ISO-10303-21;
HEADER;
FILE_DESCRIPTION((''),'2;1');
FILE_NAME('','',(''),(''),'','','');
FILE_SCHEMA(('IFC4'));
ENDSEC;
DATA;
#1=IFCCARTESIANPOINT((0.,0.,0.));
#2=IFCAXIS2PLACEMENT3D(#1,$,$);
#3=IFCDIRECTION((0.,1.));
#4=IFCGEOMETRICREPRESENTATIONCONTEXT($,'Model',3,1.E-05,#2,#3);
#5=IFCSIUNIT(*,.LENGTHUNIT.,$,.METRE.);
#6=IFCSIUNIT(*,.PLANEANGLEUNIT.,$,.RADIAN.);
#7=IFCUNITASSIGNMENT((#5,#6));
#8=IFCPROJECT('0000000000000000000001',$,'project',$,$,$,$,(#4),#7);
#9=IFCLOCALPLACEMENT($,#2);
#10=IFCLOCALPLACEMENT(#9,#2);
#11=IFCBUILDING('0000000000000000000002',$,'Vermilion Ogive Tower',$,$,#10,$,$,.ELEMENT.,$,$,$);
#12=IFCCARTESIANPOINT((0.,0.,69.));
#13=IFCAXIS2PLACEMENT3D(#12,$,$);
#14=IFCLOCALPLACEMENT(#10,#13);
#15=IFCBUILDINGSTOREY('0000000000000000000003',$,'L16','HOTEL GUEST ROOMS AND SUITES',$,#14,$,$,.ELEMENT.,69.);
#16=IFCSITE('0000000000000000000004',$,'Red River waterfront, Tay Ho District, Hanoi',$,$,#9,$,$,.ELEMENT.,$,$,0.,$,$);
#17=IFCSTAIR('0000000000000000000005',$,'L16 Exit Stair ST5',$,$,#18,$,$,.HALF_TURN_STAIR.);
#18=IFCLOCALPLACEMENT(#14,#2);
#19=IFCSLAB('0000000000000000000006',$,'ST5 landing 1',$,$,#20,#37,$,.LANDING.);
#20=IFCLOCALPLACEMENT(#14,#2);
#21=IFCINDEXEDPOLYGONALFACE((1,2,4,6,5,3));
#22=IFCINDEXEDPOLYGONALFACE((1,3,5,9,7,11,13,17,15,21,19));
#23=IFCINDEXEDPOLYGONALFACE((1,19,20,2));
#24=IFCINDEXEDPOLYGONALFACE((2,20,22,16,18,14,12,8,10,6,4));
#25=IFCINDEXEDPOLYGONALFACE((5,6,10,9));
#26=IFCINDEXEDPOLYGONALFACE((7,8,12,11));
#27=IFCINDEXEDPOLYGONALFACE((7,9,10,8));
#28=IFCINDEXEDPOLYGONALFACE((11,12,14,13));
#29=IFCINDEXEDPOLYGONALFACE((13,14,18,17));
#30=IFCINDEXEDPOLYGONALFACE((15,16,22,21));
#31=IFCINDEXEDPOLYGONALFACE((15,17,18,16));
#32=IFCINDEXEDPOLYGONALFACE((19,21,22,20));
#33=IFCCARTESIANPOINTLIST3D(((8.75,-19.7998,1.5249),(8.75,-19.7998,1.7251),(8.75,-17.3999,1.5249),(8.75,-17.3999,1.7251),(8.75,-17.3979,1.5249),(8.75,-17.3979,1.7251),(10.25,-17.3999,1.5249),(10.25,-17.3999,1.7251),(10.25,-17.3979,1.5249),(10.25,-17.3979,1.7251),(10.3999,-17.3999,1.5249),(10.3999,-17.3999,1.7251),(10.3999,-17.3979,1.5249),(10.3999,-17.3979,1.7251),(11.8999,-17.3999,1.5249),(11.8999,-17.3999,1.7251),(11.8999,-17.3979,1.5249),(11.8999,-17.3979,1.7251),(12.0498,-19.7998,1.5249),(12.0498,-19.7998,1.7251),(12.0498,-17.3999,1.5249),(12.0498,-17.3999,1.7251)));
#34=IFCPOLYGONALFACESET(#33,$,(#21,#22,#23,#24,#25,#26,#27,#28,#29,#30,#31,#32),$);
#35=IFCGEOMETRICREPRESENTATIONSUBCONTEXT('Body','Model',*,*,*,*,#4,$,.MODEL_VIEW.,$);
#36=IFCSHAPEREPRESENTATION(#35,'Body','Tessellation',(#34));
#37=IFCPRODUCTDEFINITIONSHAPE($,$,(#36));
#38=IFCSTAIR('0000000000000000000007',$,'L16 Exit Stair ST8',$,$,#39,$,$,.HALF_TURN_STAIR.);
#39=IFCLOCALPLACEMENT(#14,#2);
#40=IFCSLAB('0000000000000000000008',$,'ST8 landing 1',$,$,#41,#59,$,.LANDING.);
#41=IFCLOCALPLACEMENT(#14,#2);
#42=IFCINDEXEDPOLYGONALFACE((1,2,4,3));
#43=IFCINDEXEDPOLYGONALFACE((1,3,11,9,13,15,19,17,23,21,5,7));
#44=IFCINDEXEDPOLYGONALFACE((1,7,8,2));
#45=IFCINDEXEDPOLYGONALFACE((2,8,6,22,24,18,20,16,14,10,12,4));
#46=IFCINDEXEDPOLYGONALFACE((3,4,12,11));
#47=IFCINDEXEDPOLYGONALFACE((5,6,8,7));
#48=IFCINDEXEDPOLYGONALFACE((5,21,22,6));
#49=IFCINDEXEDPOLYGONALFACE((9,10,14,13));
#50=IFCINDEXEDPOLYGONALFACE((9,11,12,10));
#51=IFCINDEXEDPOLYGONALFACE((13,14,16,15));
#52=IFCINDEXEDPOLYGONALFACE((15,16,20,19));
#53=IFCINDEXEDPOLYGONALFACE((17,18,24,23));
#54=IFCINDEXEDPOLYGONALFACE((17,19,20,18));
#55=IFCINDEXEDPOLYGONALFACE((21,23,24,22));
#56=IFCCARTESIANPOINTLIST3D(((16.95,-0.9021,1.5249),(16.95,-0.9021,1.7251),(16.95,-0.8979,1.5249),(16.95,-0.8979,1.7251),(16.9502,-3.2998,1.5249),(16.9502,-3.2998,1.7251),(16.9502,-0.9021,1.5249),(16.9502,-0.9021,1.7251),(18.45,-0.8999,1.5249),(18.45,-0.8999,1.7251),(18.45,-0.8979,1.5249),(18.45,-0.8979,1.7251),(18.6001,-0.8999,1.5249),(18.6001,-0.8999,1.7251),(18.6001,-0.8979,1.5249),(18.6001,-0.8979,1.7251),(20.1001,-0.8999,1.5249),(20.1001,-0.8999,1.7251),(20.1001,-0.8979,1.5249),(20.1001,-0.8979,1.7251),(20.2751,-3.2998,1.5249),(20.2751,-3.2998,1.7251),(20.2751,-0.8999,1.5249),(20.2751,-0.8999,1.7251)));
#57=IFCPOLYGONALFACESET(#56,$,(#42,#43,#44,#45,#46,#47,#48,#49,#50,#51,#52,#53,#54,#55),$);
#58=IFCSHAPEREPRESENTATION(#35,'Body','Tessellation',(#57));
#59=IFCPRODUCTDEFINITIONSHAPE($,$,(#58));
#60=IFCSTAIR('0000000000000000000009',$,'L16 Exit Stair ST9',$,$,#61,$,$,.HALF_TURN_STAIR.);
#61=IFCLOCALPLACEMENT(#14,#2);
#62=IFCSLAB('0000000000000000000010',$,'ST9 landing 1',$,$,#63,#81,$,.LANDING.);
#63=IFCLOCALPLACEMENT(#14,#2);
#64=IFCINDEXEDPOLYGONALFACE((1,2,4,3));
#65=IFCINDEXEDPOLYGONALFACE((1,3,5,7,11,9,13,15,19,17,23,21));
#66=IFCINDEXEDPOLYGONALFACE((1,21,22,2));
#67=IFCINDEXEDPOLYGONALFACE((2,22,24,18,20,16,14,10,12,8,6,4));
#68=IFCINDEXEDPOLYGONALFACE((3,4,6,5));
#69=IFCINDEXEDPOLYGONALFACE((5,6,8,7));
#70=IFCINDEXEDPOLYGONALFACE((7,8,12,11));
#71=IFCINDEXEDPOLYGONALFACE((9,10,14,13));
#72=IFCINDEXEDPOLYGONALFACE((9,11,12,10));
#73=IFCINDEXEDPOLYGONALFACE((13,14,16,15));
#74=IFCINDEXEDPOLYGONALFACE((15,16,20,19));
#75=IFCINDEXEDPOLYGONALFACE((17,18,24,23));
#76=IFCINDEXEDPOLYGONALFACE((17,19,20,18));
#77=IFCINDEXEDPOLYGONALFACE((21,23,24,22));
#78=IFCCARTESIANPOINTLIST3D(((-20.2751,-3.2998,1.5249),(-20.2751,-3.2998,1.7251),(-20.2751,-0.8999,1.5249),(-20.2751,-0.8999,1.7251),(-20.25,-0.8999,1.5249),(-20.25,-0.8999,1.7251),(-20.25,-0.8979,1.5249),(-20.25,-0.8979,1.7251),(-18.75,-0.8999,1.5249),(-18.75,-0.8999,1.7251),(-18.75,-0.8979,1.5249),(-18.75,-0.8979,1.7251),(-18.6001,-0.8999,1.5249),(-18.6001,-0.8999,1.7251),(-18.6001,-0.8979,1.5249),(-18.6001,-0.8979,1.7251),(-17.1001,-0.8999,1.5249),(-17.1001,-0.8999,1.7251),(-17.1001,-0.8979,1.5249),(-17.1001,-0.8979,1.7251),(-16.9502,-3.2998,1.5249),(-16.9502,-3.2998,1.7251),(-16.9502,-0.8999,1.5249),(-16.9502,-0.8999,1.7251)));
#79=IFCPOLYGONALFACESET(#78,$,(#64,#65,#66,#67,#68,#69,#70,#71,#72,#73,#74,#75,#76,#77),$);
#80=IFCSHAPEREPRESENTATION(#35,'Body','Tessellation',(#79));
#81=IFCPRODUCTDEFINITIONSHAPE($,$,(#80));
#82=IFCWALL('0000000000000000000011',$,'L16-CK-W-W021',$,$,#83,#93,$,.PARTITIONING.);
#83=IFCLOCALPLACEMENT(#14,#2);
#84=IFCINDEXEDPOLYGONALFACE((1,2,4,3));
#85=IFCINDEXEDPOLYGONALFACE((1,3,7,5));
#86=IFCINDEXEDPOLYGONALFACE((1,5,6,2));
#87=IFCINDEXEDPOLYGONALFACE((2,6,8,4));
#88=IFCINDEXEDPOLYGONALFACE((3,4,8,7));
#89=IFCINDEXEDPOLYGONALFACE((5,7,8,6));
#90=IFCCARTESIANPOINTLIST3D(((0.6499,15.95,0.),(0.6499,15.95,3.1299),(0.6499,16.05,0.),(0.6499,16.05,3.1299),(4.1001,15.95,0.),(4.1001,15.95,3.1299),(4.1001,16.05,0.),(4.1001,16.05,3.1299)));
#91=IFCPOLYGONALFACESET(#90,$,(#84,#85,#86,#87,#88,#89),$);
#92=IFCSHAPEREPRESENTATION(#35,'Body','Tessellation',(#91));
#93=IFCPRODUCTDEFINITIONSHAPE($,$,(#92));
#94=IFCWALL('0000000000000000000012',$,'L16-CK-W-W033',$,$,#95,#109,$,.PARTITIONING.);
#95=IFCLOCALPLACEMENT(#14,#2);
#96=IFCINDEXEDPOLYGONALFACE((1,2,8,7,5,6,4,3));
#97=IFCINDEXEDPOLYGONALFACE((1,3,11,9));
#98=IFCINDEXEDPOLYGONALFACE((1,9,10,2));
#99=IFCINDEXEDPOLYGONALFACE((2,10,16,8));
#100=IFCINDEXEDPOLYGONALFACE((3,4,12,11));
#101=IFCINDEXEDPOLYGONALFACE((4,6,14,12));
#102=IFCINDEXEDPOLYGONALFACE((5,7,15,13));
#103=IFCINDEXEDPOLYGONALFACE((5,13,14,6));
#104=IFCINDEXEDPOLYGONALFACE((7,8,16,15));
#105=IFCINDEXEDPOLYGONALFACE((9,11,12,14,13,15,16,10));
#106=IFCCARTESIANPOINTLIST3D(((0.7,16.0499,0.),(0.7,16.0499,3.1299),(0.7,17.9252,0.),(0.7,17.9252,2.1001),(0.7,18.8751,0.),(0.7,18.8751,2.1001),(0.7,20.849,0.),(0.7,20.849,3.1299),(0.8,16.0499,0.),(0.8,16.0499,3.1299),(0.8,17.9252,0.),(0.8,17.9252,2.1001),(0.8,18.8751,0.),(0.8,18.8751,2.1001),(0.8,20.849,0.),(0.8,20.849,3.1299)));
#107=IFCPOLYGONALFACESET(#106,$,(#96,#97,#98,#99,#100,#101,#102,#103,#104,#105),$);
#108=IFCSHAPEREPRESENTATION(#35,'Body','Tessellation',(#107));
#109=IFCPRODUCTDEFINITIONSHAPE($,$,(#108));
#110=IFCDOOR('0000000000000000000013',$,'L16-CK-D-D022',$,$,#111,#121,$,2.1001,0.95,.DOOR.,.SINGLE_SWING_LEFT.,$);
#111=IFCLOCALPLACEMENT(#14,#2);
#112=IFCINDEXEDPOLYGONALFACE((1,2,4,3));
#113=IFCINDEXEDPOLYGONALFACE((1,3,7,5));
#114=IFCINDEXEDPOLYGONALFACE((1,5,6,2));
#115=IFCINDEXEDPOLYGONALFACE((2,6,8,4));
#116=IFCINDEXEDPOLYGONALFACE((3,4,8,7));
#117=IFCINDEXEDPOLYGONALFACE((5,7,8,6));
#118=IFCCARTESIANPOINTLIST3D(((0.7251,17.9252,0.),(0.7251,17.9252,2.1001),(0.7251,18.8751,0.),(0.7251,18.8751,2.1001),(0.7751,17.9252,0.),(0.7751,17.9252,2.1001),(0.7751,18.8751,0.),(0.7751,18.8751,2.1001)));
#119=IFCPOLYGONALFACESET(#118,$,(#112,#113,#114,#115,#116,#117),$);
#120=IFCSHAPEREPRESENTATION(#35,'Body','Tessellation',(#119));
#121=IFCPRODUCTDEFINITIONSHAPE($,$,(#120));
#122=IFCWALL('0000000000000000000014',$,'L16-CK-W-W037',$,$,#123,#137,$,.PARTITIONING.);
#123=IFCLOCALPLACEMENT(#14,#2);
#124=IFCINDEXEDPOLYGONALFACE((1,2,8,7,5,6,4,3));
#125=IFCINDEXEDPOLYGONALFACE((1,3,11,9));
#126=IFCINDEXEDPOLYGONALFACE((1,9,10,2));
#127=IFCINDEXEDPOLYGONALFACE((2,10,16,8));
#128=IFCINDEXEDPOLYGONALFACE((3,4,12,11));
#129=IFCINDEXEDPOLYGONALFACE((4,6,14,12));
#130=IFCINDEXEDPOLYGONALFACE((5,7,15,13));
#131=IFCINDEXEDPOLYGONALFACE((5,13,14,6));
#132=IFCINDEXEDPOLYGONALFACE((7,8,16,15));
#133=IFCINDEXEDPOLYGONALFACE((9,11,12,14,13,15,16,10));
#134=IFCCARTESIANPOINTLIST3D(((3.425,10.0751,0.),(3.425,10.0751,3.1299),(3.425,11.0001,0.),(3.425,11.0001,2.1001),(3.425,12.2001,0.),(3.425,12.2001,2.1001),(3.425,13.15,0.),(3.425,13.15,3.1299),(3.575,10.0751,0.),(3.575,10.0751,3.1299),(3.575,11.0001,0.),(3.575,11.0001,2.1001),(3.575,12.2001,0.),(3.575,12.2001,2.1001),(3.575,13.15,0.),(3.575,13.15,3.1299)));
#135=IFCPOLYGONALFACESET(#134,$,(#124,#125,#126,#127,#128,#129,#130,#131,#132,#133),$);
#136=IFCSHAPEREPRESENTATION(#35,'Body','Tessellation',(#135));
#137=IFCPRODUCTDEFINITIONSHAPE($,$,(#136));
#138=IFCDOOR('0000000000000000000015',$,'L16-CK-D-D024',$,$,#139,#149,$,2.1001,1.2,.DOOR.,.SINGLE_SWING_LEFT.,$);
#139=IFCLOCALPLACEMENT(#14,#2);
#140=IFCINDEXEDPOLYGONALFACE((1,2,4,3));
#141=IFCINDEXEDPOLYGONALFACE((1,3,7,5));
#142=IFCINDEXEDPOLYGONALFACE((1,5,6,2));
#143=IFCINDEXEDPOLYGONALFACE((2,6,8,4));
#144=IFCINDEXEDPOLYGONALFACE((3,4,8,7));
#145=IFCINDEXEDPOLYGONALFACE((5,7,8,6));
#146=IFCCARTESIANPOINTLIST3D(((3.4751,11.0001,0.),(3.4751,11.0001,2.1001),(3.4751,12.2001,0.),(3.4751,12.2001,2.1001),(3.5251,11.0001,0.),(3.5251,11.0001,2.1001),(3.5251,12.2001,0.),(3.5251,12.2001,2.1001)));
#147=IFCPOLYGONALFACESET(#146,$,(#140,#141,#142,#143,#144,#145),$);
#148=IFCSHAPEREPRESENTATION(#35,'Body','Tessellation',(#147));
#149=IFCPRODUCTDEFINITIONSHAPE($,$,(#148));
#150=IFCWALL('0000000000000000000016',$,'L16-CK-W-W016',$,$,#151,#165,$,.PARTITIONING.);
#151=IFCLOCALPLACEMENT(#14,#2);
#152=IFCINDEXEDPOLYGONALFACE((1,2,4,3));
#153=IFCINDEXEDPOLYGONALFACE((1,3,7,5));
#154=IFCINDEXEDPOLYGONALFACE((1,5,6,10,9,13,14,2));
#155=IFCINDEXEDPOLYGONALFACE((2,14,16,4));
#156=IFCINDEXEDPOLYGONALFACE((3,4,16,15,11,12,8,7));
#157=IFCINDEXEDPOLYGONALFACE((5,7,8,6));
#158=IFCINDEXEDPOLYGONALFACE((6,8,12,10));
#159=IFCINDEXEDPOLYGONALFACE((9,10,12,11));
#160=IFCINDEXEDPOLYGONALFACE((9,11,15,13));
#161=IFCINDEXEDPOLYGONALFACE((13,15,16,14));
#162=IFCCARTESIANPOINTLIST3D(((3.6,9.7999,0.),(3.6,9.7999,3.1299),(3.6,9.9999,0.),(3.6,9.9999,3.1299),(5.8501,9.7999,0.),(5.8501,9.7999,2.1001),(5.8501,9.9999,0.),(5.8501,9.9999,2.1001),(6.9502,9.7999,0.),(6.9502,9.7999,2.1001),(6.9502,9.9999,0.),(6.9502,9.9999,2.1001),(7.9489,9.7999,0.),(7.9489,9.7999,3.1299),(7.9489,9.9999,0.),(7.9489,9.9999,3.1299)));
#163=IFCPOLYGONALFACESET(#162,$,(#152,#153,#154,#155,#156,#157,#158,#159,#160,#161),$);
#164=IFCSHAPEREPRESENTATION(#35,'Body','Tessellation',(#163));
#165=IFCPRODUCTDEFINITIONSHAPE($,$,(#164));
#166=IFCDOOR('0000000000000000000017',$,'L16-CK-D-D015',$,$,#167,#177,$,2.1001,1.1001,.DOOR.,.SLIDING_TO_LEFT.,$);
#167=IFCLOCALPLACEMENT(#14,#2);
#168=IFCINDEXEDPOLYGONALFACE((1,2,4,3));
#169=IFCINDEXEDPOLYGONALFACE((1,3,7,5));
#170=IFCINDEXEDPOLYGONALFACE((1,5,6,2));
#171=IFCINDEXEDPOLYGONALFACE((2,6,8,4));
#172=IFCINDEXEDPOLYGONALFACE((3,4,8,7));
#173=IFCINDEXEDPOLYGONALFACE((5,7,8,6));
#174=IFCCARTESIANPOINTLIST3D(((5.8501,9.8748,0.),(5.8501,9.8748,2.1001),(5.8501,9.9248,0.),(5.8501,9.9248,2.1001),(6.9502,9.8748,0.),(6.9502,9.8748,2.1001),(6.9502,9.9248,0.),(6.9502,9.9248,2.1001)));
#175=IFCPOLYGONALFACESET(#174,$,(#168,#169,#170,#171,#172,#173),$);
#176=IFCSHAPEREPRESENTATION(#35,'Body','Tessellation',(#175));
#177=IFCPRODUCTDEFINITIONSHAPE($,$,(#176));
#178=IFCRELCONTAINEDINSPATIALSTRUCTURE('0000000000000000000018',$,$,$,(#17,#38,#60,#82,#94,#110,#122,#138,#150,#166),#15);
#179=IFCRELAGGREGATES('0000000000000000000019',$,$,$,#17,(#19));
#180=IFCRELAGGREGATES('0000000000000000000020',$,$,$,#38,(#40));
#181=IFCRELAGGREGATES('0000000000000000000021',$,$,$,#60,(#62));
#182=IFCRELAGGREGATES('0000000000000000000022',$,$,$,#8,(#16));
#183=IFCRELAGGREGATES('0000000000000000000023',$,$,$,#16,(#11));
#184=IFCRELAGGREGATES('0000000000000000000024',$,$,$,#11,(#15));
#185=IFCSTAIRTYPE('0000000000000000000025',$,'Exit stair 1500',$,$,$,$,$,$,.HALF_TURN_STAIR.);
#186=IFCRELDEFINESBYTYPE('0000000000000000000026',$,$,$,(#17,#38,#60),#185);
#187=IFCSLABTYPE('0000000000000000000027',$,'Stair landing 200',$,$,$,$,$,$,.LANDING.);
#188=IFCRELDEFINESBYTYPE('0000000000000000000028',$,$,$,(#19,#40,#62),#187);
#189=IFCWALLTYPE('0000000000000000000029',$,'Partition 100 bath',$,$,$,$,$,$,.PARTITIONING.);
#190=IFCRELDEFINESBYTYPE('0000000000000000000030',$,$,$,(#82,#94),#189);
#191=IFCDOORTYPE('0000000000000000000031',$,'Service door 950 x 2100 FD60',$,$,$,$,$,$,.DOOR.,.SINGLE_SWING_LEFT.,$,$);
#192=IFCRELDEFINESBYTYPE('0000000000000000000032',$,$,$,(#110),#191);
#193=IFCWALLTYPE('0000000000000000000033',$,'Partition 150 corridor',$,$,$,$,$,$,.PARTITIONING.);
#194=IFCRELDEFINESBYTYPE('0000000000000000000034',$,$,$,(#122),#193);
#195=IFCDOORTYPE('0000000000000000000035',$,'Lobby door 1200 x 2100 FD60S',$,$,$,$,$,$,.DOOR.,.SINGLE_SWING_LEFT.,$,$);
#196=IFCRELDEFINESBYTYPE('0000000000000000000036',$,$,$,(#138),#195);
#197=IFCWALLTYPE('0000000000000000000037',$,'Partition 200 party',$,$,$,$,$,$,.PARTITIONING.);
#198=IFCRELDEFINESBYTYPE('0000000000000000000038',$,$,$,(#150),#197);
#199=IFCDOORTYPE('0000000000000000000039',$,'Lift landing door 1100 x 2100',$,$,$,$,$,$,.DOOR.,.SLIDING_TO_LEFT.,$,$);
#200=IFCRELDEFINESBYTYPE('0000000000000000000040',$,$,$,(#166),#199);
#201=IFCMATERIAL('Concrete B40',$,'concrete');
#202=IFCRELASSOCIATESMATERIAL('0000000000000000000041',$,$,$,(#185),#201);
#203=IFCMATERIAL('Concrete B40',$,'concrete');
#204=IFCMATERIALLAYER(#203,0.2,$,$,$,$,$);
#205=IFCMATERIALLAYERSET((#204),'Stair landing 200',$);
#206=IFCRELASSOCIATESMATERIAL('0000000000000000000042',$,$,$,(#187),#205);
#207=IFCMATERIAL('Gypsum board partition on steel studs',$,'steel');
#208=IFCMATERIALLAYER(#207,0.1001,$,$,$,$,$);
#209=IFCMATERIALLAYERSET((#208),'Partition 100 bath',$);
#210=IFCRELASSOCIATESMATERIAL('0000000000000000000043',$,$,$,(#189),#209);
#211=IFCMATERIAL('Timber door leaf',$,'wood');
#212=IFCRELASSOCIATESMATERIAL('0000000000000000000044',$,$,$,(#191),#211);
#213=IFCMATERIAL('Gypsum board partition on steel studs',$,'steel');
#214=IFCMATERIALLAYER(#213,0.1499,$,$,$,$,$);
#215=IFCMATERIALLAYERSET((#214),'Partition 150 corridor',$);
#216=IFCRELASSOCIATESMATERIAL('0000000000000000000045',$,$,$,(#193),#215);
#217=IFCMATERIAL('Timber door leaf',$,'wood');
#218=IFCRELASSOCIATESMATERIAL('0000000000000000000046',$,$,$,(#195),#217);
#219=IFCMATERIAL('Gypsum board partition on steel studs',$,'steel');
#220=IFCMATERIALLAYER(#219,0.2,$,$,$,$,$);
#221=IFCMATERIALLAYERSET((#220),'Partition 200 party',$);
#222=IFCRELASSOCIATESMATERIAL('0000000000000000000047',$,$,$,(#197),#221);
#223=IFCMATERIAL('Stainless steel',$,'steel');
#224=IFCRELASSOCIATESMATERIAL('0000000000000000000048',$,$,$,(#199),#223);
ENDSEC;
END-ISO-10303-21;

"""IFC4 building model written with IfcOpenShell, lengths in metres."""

from ifc_helpers import new_model, si_unit, direction, frame, frame_2d, origin, place, context, subcontext, project, spatial, polyline, rectangle, outline, extrude, material, layer, layer_set, type_object, element, fill, aggregate, save


model = new_model("IFC4")

# Units and contexts
model_context = context("Model", 3, precision=1e-05, world=origin(), true_north=direction((0.0, 1.0)))
body_context = subcontext(model_context, "Body", "Model", "MODEL_VIEW")
ifc_project = project(units=[si_unit("LENGTHUNIT", "METRE"), si_unit("PLANEANGLEUNIT", "RADIAN")], contexts=[model_context])

# Site, building, storey
site_placement = place(None, origin())
site = spatial("IfcSite", under=ifc_project, at=site_placement, Name="Red River waterfront, Tay Ho District, Hanoi", CompositionType="ELEMENT", RefElevation=0.0)
building_placement = place(site_placement, origin())
building = spatial("IfcBuilding", under=site, at=building_placement, Name="Vermilion Ogive Tower", CompositionType="ELEMENT")
storey_placement = place(building_placement, frame((0.0, 0.0, 69.0)))
storey = spatial("IfcBuildingStorey", under=building, at=storey_placement, Name="L16", Description="HOTEL GUEST ROOMS AND SUITES", CompositionType="ELEMENT", Elevation=69.0)

# Stairs, slabs
ifc_material_1 = material(Name="Concrete B40", Category="concrete")
stair_type = type_object("IfcStairType", Name="Exit stair 1500", PredefinedType="HALF_TURN_STAIR", material=ifc_material_1)
ifc_material_2 = material(Name="Concrete B40", Category="concrete")
ifc_layer_1 = layer(ifc_material_2, 0.2)
ifc_layer_set_1 = layer_set([ifc_layer_1], Name="Stair landing 200")
slab_type_1 = type_object("IfcSlabType", Name="Stair landing 200", PredefinedType="LANDING", material=ifc_layer_set_1)
stair_1_placement = place(storey_placement, origin())
stair_1 = element("IfcStair", 1, at=stair_1_placement, inside=storey, type_object=stair_type, Name="L16 Exit Stair ST5", PredefinedType="HALF_TURN_STAIR")
slab_1_placement = place(storey_placement, frame((0.0, 0.0, 1.5249)))
slab_1 = element("IfcSlab", 2, at=slab_1_placement, type_object=slab_type_1, Name="ST5 landing 1", PredefinedType="LANDING", context=body_context, shape_type="SweptSolid", body=[
    extrude(outline(polyline([(12.0498, -17.3999), (11.8999, -17.3999), (11.8999, -17.3979), (10.3999, -17.3979), (10.3999, -17.3999), (10.25, -17.3999), (10.25, -17.3979), (8.75, -17.3979), (8.75, -17.3999), (8.75, -17.3999), (8.75, -19.7998), (12.0498, -19.7998), (12.0498, -17.3999)])), origin(), (0.0, 0.0, 1.0), 0.2002),
])
aggregate(stair_1, [slab_1])
stair_2_placement = place(storey_placement, origin())
stair_2 = element("IfcStair", 3, at=stair_2_placement, inside=storey, type_object=stair_type, Name="L16 Exit Stair ST8", PredefinedType="HALF_TURN_STAIR")
slab_2_placement = place(storey_placement, frame((0.0, 0.0, 1.5249)))
slab_2 = element("IfcSlab", 4, at=slab_2_placement, type_object=slab_type_1, Name="ST8 landing 1", PredefinedType="LANDING", context=body_context, shape_type="SweptSolid", body=[
    extrude(outline(polyline([(20.2751, -0.8999), (20.1001, -0.8999), (20.1001, -0.8979), (18.6001, -0.8979), (18.6001, -0.8999), (18.45, -0.8999), (18.45, -0.8979), (16.95, -0.8979), (16.95, -0.9021), (16.9502, -0.9021), (16.9502, -3.2998), (20.2751, -3.2998), (20.2751, -0.8999)])), origin(), (0.0, 0.0, 1.0), 0.2002),
])
aggregate(stair_2, [slab_2])
stair_3_placement = place(storey_placement, origin())
stair_3 = element("IfcStair", 5, at=stair_3_placement, inside=storey, type_object=stair_type, Name="L16 Exit Stair ST9", PredefinedType="HALF_TURN_STAIR")
slab_3_placement = place(storey_placement, frame((0.0, 0.0, 1.5249)))
slab_3 = element("IfcSlab", 6, at=slab_3_placement, type_object=slab_type_1, Name="ST9 landing 1", PredefinedType="LANDING", context=body_context, shape_type="SweptSolid", body=[
    extrude(outline(polyline([(-16.9502, -0.8999), (-17.1001, -0.8999), (-17.1001, -0.8979), (-18.6001, -0.8979), (-18.6001, -0.8999), (-18.75, -0.8999), (-18.75, -0.8979), (-20.25, -0.8979), (-20.25, -0.8999), (-20.2751, -0.8999), (-20.2751, -3.2998), (-16.9502, -3.2998), (-16.9502, -0.8999)])), origin(), (0.0, 0.0, 1.0), 0.2002),
])
aggregate(stair_3, [slab_3])

# Wall
ifc_material_3 = material(Name="Gypsum board partition on steel studs", Category="steel")
ifc_layer_2 = layer(ifc_material_3, 0.1001)
ifc_layer_set_2 = layer_set([ifc_layer_2], Name="Partition 100 bath")
wall_type_1 = type_object("IfcWallType", Name="Partition 100 bath", PredefinedType="PARTITIONING", material=ifc_layer_set_2)
wall_1_placement = place(storey_placement, frame((0.6499, 16.0, 0.0), z_axis=(0.0, 0.0, 1.0), x_axis=(1.0, 0.0, 0.0)))
element("IfcWall", 7, at=wall_1_placement, inside=storey, type_object=wall_type_1, Name="L16-CK-W-W021", PredefinedType="PARTITIONING", context=body_context, shape_type="SweptSolid", body=[
    extrude(rectangle(XDim=3.4502, YDim=0.1001, at=frame_2d((1.7251, 0.0))), origin(), (0.0, 0.0, 1.0), 3.1299),
])

# Walls, openings, doors
wall_2_placement = place(storey_placement, frame((0.75, 16.05, 0.0), z_axis=(0.0, 0.0, 1.0), x_axis=(0.0, 1.0, 0.0)))
wall_2 = element("IfcWall", 8, at=wall_2_placement, inside=storey, type_object=wall_type_1, Name="L16-CK-W-W033", PredefinedType="PARTITIONING", context=body_context, shape_type="SweptSolid", body=[
    extrude(rectangle(XDim=4.7991, YDim=0.1001, at=frame_2d((2.3994, 0.0))), origin(), (0.0, 0.0, 1.0), 3.1299),
])
opening_1_placement = place(wall_2_placement, frame((1.875, 0.0, 0.0)))
opening_1 = element("IfcOpeningElement", 9, at=opening_1_placement, cuts=wall_2, PredefinedType="OPENING", context=body_context, shape_type="SweptSolid", body=[
    extrude(rectangle(XDim=0.95, YDim=2.1001, at=frame_2d((0.4751, 1.05))), frame((0.0, 0.0601, 0.0), z_axis=(0.0, -1.0, 0.0), x_axis=(1.0, 0.0, 0.0)), (0.0, 0.0, 1.0), 0.1201),
])
ifc_material_4 = material(Name="Timber door leaf", Category="wood")
door_type_1 = type_object("IfcDoorType", Name="Service door 950 x 2100 FD60", OperationType="SINGLE_SWING_LEFT", PredefinedType="DOOR", material=ifc_material_4)
door_1_placement = place(opening_1_placement, origin())
door_1 = element("IfcDoor", 10, at=door_1_placement, inside=storey, type_object=door_type_1, Name="L16-CK-D-D022", OperationType="SINGLE_SWING_LEFT", OverallHeight=2.1001, OverallWidth=0.95, PredefinedType="DOOR", context=body_context, shape_type="SweptSolid", body=[
    extrude(rectangle(XDim=0.95, YDim=2.1001, at=frame_2d((0.4751, 1.05))), frame((0.0, 0.0249, 0.0), z_axis=(0.0, -1.0, 0.0), x_axis=(1.0, 0.0, 0.0)), (0.0, 0.0, 1.0), 0.05),
])
fill(opening_1, door_1)
ifc_material_5 = material(Name="Gypsum board partition on steel studs", Category="steel")
ifc_layer_3 = layer(ifc_material_5, 0.1499)
ifc_layer_set_3 = layer_set([ifc_layer_3], Name="Partition 150 corridor")
wall_type_2 = type_object("IfcWallType", Name="Partition 150 corridor", PredefinedType="PARTITIONING", material=ifc_layer_set_3)
wall_3_placement = place(storey_placement, frame((3.5, 10.075, 0.0), z_axis=(0.0, 0.0, 1.0), x_axis=(0.0, 1.0, 0.0)))
wall_3 = element("IfcWall", 11, at=wall_3_placement, inside=storey, type_object=wall_type_2, Name="L16-CK-W-W037", PredefinedType="PARTITIONING", context=body_context, shape_type="SweptSolid", body=[
    extrude(rectangle(XDim=3.075, YDim=0.1499, at=frame_2d((1.5376, 0.0))), origin(), (0.0, 0.0, 1.0), 3.1299),
])
opening_2_placement = place(wall_3_placement, frame((0.925, 0.0, 0.0)))
opening_2 = element("IfcOpeningElement", 12, at=opening_2_placement, cuts=wall_3, PredefinedType="OPENING", context=body_context, shape_type="SweptSolid", body=[
    extrude(rectangle(XDim=1.2, YDim=2.1001, at=frame_2d((0.6001, 1.05))), frame((0.0, 0.085, 0.0), z_axis=(0.0, -1.0, 0.0), x_axis=(1.0, 0.0, 0.0)), (0.0, 0.0, 1.0), 0.1699),
])
ifc_material_6 = material(Name="Timber door leaf", Category="wood")
door_type_2 = type_object("IfcDoorType", Name="Lobby door 1200 x 2100 FD60S", OperationType="SINGLE_SWING_LEFT", PredefinedType="DOOR", material=ifc_material_6)
door_2_placement = place(opening_2_placement, origin())
door_2 = element("IfcDoor", 13, at=door_2_placement, inside=storey, type_object=door_type_2, Name="L16-CK-D-D024", OperationType="SINGLE_SWING_LEFT", OverallHeight=2.1001, OverallWidth=1.2, PredefinedType="DOOR", context=body_context, shape_type="SweptSolid", body=[
    extrude(rectangle(XDim=1.2, YDim=2.1001, at=frame_2d((0.6001, 1.05))), frame((0.0, 0.0249, 0.0), z_axis=(0.0, -1.0, 0.0), x_axis=(1.0, 0.0, 0.0)), (0.0, 0.0, 1.0), 0.05),
])
fill(opening_2, door_2)
ifc_material_7 = material(Name="Gypsum board partition on steel studs", Category="steel")
ifc_layer_4 = layer(ifc_material_7, 0.2)
ifc_layer_set_4 = layer_set([ifc_layer_4], Name="Partition 200 party")
wall_type_3 = type_object("IfcWallType", Name="Partition 200 party", PredefinedType="PARTITIONING", material=ifc_layer_set_4)
wall_4_placement = place(storey_placement, frame((3.6001, 9.8999, 0.0), z_axis=(0.0, 0.0, 1.0), x_axis=(1.0, 0.0, 0.0)))
wall_4 = element("IfcWall", 14, at=wall_4_placement, inside=storey, type_object=wall_type_3, Name="L16-CK-W-W016", PredefinedType="PARTITIONING", context=body_context, shape_type="SweptSolid", body=[
    extrude(rectangle(XDim=4.3489, YDim=0.2, at=frame_2d((2.1743, 0.0))), origin(), (0.0, 0.0, 1.0), 3.1299),
])
opening_3_placement = place(wall_4_placement, frame((2.25, 0.0, 0.0)))
opening_3 = element("IfcOpeningElement", 15, at=opening_3_placement, cuts=wall_4, PredefinedType="OPENING", context=body_context, shape_type="SweptSolid", body=[
    extrude(rectangle(XDim=1.1001, YDim=2.1001, at=frame_2d((0.55, 1.05))), frame((0.0, 0.1099, 0.0), z_axis=(0.0, -1.0, 0.0), x_axis=(1.0, 0.0, 0.0)), (0.0, 0.0, 1.0), 0.22),
])
ifc_material_8 = material(Name="Stainless steel", Category="steel")
door_type_3 = type_object("IfcDoorType", Name="Lift landing door 1100 x 2100", OperationType="SLIDING_TO_LEFT", PredefinedType="DOOR", material=ifc_material_8)
door_3_placement = place(opening_3_placement, origin())
door_3 = element("IfcDoor", 16, at=door_3_placement, inside=storey, type_object=door_type_3, Name="L16-CK-D-D015", OperationType="SLIDING_TO_LEFT", OverallHeight=2.1001, OverallWidth=1.1001, PredefinedType="DOOR", context=body_context, shape_type="SweptSolid", body=[
    extrude(rectangle(XDim=1.1001, YDim=2.1001, at=frame_2d((0.55, 1.05))), frame((0.0, 0.0249, 0.0), z_axis=(0.0, -1.0, 0.0), x_axis=(1.0, 0.0, 0.0)), (0.0, 0.0, 1.0), 0.05),
])
fill(opening_3, door_3)

save(model, "model.ifc")
